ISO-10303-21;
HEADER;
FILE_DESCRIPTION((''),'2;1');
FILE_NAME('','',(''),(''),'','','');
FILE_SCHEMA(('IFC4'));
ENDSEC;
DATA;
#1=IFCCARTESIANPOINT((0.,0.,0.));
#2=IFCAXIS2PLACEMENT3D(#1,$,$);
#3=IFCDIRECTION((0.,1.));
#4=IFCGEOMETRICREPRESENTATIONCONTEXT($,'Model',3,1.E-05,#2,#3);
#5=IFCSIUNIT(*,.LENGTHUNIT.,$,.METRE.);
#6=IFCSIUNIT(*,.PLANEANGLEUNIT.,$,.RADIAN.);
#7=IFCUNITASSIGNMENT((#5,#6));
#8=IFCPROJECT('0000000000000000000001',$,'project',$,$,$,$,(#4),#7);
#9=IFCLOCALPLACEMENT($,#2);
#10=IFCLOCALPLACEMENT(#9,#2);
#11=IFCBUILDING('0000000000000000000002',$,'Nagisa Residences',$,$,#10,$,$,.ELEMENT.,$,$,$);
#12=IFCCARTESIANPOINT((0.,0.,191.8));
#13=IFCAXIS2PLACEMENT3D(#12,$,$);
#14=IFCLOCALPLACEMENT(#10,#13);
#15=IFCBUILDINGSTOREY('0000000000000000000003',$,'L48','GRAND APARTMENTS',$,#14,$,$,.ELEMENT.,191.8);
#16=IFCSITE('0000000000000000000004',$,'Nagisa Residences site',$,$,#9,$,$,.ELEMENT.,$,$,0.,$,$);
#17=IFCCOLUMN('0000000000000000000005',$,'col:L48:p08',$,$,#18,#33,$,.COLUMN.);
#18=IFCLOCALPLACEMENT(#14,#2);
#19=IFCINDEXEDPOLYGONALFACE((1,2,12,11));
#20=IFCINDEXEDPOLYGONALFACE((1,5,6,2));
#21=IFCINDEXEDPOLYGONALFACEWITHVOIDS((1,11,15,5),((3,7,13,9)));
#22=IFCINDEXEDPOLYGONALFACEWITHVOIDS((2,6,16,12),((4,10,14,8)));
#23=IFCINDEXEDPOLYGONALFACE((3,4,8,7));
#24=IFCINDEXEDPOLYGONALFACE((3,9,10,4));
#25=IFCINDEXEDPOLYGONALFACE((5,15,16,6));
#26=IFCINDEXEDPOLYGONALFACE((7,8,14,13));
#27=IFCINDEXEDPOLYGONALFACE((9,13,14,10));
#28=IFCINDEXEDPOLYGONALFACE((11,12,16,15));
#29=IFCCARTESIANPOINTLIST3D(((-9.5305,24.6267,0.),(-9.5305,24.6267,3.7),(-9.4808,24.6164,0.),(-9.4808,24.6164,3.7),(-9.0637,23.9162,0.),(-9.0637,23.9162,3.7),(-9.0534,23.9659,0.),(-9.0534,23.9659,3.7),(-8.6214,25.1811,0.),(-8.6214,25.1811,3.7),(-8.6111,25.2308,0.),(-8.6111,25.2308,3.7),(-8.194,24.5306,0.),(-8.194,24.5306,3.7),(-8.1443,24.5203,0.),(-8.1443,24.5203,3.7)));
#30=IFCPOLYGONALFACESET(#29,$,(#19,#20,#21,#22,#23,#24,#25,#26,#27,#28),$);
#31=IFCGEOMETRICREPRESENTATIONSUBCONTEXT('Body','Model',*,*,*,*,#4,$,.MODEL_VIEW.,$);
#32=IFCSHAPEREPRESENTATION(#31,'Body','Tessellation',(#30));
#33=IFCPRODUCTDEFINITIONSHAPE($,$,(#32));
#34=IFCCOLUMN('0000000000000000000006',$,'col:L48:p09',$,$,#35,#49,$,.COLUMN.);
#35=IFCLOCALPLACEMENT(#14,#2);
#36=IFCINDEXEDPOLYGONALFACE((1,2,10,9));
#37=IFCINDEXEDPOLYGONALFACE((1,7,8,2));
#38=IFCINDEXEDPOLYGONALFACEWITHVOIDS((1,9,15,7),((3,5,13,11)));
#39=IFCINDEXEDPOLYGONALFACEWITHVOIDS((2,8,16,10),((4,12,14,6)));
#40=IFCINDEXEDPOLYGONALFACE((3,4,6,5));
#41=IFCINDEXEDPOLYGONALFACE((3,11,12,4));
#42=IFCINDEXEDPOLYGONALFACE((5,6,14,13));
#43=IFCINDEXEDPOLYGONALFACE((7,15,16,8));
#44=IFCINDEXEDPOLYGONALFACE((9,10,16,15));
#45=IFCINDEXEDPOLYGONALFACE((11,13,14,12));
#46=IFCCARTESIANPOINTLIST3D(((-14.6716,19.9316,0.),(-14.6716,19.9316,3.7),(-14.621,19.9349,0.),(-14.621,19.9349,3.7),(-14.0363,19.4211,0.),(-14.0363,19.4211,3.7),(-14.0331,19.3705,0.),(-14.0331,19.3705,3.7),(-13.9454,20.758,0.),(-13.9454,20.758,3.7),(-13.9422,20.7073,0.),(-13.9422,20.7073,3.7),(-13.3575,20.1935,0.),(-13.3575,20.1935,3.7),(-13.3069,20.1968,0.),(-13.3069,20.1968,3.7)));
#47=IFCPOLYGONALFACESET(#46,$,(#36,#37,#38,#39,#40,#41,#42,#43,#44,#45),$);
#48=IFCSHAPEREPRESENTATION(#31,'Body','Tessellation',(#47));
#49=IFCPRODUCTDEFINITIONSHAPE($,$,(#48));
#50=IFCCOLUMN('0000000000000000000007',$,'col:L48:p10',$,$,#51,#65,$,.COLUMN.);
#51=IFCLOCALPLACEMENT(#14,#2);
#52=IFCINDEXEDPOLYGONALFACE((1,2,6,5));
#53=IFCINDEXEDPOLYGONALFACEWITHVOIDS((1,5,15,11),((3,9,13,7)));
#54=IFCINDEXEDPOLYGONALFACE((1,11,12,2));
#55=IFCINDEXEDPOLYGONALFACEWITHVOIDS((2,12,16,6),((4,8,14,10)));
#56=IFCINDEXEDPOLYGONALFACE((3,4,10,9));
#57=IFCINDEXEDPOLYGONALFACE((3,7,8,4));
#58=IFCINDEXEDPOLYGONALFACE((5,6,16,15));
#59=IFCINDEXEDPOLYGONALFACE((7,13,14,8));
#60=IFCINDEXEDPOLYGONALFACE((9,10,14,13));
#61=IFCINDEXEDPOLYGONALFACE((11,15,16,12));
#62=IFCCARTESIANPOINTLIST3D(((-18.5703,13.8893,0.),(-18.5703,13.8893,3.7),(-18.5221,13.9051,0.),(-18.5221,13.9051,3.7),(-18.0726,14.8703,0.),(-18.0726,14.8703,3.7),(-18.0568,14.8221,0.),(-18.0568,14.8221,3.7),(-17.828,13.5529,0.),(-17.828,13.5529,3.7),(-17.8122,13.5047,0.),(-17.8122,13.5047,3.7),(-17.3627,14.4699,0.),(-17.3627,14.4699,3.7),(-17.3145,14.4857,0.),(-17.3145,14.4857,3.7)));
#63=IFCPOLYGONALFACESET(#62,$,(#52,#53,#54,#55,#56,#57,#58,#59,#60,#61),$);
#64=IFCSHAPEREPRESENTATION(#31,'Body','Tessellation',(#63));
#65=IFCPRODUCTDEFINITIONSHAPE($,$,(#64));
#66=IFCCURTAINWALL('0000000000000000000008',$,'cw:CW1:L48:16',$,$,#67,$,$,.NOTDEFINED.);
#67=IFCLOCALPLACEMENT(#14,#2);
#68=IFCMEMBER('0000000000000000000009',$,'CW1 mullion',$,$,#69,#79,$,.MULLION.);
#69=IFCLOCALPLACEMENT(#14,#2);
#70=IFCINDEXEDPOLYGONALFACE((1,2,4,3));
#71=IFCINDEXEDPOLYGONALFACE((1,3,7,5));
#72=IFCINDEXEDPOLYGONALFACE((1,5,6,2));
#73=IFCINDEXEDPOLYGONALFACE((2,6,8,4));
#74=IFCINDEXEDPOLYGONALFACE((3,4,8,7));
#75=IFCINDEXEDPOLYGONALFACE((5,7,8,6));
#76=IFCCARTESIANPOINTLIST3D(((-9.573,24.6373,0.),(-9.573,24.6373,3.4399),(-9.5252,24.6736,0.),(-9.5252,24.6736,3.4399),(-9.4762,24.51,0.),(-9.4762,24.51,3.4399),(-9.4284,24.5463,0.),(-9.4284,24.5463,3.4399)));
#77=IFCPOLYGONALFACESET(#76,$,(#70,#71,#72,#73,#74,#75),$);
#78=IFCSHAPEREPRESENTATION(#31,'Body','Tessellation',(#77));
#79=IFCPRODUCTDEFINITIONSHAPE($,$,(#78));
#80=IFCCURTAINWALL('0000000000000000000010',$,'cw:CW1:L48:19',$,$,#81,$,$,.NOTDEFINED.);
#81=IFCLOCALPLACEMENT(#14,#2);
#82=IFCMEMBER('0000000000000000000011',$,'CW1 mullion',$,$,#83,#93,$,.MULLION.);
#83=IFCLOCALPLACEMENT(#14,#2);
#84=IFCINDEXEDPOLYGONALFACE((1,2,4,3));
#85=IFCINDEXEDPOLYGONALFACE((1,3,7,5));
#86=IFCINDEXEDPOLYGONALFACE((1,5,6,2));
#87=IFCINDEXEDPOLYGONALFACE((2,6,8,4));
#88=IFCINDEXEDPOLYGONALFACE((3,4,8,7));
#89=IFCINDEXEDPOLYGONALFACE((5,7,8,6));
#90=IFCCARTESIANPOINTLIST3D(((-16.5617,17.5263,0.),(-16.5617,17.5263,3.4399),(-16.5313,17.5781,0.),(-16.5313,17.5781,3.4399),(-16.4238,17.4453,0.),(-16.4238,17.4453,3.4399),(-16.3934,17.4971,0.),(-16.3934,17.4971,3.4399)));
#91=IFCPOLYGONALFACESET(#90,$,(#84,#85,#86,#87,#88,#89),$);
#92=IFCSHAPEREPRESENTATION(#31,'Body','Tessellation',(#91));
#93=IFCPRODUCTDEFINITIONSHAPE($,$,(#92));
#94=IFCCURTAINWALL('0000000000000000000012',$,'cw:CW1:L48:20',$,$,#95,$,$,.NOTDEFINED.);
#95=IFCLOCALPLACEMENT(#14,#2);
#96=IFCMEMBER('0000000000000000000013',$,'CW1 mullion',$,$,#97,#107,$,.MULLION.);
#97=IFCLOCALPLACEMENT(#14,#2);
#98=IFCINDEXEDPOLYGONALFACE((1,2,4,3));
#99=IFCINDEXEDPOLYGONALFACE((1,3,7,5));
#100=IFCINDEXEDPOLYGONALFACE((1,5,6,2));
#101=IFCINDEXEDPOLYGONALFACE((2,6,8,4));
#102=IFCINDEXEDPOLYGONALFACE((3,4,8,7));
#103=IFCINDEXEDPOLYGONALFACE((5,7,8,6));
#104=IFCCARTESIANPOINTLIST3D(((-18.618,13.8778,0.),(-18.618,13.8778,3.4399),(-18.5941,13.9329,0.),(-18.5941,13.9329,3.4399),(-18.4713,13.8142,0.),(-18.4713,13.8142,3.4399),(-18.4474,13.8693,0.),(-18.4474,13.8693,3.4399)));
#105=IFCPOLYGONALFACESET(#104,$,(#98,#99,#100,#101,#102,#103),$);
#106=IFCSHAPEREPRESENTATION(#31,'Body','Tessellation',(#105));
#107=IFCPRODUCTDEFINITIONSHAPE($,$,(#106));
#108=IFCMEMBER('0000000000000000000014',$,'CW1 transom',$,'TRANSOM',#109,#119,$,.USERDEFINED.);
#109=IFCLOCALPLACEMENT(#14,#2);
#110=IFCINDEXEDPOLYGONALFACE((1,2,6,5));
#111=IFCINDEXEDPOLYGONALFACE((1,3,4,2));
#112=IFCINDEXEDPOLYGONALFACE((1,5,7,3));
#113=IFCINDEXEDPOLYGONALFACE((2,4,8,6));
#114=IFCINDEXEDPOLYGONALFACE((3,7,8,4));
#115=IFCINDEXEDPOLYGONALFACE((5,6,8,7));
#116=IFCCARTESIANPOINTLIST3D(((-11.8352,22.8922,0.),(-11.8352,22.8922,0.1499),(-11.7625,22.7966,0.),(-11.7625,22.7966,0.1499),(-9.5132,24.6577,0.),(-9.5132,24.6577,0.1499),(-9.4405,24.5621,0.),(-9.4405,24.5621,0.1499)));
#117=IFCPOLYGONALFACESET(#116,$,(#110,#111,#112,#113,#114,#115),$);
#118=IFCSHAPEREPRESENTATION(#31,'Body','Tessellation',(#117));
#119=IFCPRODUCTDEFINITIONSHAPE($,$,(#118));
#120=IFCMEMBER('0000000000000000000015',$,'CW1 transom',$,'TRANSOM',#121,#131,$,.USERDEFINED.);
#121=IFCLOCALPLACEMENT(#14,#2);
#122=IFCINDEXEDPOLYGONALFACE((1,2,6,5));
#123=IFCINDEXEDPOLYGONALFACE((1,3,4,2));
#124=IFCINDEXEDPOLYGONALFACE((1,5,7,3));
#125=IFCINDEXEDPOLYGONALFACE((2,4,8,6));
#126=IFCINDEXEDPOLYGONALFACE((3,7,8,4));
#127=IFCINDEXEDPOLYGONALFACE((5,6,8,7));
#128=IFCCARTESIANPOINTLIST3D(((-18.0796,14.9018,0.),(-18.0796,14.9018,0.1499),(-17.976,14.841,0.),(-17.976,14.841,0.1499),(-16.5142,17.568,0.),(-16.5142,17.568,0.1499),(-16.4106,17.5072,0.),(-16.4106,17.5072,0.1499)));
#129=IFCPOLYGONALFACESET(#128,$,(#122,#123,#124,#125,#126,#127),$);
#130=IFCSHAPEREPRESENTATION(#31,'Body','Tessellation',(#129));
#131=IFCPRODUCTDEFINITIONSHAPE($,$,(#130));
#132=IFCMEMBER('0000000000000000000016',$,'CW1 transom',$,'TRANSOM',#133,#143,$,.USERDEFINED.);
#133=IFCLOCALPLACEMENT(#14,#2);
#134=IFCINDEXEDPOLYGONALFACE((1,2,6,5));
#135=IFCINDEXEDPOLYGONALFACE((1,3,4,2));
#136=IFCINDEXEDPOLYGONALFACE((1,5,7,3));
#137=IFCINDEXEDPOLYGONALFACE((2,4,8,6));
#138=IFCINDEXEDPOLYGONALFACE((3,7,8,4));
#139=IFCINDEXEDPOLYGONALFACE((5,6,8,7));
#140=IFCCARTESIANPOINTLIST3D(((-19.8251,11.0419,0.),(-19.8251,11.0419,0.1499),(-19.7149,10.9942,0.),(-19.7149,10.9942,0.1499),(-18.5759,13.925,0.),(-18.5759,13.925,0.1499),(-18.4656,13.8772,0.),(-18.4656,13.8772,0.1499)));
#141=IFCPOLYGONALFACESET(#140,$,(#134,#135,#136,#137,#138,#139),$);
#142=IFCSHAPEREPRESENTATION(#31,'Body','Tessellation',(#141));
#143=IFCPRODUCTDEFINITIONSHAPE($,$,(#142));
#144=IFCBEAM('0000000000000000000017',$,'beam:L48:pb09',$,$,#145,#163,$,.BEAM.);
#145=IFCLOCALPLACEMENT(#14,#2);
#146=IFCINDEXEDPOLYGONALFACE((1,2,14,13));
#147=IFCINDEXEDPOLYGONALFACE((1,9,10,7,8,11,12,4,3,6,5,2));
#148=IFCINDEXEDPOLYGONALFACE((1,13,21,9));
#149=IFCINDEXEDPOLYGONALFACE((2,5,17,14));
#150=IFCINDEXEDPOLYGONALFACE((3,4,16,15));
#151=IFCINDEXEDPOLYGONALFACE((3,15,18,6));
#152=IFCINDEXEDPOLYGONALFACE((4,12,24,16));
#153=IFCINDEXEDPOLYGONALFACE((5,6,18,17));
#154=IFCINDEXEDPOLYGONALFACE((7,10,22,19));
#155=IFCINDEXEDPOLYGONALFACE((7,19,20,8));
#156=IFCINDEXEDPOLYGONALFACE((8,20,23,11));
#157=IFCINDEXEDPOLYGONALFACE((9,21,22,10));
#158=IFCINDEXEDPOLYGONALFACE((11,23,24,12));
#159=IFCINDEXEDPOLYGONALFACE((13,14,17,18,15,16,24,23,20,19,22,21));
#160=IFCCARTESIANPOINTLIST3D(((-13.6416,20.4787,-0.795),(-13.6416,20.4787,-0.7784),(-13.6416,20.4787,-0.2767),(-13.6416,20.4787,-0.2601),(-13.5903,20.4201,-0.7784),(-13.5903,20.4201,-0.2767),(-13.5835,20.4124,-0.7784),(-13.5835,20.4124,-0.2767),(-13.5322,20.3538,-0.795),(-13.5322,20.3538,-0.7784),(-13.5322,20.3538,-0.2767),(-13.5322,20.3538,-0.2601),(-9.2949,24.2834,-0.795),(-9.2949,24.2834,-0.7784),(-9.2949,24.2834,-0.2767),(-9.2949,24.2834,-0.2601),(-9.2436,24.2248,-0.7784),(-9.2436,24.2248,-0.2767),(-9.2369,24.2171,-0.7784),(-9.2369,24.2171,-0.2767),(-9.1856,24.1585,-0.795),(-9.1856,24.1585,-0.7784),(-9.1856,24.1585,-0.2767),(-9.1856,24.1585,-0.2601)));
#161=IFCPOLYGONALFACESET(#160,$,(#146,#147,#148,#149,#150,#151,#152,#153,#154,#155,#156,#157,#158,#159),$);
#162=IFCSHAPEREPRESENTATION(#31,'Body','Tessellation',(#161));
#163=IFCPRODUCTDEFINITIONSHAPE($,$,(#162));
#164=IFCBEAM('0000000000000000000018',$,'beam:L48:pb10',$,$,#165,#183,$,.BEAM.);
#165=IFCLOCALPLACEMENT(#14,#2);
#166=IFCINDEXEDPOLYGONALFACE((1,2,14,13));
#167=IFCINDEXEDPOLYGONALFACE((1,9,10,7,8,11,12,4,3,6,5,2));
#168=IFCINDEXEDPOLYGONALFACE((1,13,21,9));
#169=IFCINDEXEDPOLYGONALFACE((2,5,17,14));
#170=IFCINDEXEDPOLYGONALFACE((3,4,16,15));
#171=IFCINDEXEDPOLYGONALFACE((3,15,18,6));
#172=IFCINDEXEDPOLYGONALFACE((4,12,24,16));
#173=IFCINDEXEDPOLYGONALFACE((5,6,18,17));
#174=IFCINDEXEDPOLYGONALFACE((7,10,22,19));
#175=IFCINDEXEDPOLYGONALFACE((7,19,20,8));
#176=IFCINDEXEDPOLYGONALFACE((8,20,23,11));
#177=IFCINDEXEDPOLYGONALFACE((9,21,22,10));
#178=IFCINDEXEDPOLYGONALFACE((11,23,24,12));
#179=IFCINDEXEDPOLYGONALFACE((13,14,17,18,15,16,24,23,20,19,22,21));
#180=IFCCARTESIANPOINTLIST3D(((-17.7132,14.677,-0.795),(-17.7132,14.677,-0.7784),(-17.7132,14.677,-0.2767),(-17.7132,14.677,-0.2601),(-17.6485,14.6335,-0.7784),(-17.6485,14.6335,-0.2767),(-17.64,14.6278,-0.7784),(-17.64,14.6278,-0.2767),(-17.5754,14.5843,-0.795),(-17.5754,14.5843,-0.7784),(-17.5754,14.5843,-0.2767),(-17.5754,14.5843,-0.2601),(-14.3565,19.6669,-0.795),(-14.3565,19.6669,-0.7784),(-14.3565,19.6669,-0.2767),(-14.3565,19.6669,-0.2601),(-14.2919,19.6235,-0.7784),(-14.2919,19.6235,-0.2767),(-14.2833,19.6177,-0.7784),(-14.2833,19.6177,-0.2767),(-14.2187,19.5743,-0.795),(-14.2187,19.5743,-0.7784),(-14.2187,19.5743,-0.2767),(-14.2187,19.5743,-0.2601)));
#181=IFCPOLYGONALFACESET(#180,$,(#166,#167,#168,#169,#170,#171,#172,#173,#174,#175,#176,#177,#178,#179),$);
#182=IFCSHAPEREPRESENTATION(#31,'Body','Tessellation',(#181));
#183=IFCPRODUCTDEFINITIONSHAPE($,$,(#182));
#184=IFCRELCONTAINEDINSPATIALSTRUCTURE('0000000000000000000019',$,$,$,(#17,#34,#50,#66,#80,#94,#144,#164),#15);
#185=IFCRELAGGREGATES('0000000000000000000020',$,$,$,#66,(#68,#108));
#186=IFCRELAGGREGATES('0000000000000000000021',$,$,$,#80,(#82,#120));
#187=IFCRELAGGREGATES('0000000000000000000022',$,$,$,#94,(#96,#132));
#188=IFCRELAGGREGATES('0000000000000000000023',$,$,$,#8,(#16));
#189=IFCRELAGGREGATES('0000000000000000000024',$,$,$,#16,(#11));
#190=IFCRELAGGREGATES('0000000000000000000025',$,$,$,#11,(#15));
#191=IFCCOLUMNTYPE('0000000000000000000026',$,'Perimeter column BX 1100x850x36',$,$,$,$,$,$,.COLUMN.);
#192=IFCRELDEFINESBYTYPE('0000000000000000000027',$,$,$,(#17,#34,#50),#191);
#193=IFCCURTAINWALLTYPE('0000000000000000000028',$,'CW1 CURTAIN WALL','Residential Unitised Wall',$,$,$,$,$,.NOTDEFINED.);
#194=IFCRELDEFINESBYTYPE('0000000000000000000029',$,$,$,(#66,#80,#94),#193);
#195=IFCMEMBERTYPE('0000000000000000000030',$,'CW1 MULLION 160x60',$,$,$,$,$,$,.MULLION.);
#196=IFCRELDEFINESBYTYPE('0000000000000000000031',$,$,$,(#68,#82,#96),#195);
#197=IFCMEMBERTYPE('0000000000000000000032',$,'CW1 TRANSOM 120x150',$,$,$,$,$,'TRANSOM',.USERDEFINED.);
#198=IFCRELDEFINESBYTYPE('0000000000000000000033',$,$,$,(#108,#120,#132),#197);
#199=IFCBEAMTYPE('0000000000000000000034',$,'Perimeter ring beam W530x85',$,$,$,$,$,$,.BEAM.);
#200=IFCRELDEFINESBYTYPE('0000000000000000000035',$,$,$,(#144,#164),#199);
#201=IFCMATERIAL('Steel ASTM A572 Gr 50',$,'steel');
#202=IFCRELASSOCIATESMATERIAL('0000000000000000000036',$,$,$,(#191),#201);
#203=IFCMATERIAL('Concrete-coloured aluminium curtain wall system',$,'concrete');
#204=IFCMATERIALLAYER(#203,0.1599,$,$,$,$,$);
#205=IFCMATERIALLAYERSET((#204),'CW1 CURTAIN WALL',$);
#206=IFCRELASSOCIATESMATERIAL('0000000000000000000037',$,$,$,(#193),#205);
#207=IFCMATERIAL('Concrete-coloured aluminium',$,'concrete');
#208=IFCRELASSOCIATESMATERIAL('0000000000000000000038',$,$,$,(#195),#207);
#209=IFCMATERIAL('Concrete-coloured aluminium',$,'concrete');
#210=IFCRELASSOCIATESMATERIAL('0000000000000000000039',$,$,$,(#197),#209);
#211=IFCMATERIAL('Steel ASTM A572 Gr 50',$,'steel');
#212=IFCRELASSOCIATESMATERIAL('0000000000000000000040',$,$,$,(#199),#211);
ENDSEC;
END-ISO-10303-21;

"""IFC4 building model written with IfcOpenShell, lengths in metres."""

from ifc_helpers import new_model, si_unit, direction, frame, origin, origin_2d, place, context, subcontext, project, spatial, rectangle, hollow_rectangle, i_section, extrude, material, layer, layer_set, material_profile, profile_set, type_object, element, aggregate, save


model = new_model("IFC4")

# Units and contexts
model_context = context("Model", 3, precision=1e-05, world=origin(), true_north=direction((0.0, 1.0)))
body_context = subcontext(model_context, "Body", "Model", "MODEL_VIEW")
ifc_project = project(units=[si_unit("LENGTHUNIT", "METRE"), si_unit("PLANEANGLEUNIT", "RADIAN")], contexts=[model_context])

# Site, building, storey
site_placement = place(None, origin())
site = spatial("IfcSite", under=ifc_project, at=site_placement, Name="Nagisa Residences site", CompositionType="ELEMENT", RefElevation=0.0)
building_placement = place(site_placement, origin())
building = spatial("IfcBuilding", under=site, at=building_placement, Name="Nagisa Residences", CompositionType="ELEMENT")
storey_placement = place(building_placement, frame((0.0, 0.0, 191.8)))
storey = spatial("IfcBuildingStorey", under=building, at=storey_placement, Name="L48", Description="GRAND APARTMENTS", CompositionType="ELEMENT", Elevation=191.8)

# Columns
ifc_material_1 = material(Name="Steel ASTM A572 Gr 50", Category="steel")
ifc_material_profile_1 = material_profile(ifc_material_1, hollow_rectangle(XDim=1.1001, YDim=0.8501, WallThickness=0.0359, at=origin_2d()), Name="BX 1100x850x36")
ifc_profile_set_1 = profile_set([ifc_material_profile_1], Name="Steel ASTM A572 Gr 50")
column_type = type_object("IfcColumnType", Name="Perimeter column BX 1100x850x36", PredefinedType="COLUMN", material=ifc_profile_set_1)
for number, where, z_axis, x_axis, name in (
    (1, (-8.8374, 24.5735, 0.0), (0.0, 0.0, 1.0), (-0.835766, -0.549086, 0.0), "col:L48:p08"),
    (2, (-13.9893, 20.0642, 0.0), (0.0, 0.0, 1.0), (-0.660115, -0.751165, 0.0), "col:L48:p09"),
    (3, (-17.9424, 14.1875, 0.0), (0.0, 0.0, 1.0), (-0.452463, -0.891783, 0.0), "col:L48:p10"),
):
    element("IfcColumn", number, at=place(storey_placement, frame(where, z_axis=z_axis, x_axis=x_axis)), inside=storey, type_object=column_type, Name=name, PredefinedType="COLUMN", context=body_context, shape_type="SweptSolid", body=[
        extrude(hollow_rectangle(XDim=1.1001, YDim=0.8501, WallThickness=0.0359, at=origin_2d()), origin(), (0.0, 0.0, 1.0), 3.7),
    ])

# Curtain walls, members
ifc_material_2 = material(Name="Concrete-coloured aluminium curtain wall system", Category="concrete")
ifc_layer_1 = layer(ifc_material_2, 0.1599)
ifc_layer_set_1 = layer_set([ifc_layer_1], Name="CW1 CURTAIN WALL")
curtain_wall_type = type_object("IfcCurtainWallType", Name="CW1 CURTAIN WALL", Description="Residential Unitised Wall", PredefinedType="NOTDEFINED", material=ifc_layer_set_1)
curtain_wall_1_placement = place(storey_placement, origin())
curtain_wall_1 = element("IfcCurtainWall", 4, at=curtain_wall_1_placement, inside=storey, type_object=curtain_wall_type, Name="cw:CW1:L48:16", PredefinedType="NOTDEFINED")
ifc_material_3 = material(Name="Concrete-coloured aluminium", Category="concrete")
ifc_material_profile_2 = material_profile(ifc_material_3, rectangle(XDim=0.1599, YDim=0.0601, at=origin_2d()), Name="CW1 MULLION 160x60")
ifc_profile_set_2 = profile_set([ifc_material_profile_2], Name="Concrete-coloured aluminium")
member_type_1 = type_object("IfcMemberType", Name="CW1 MULLION 160x60", PredefinedType="MULLION", material=ifc_profile_set_2)
member_1_placement = place(storey_placement, frame((-9.5007, 24.5918, 0.0), z_axis=(0.0, 0.0, 1.0), x_axis=(0.605255, -0.796031, 0.0)))
member_1 = element("IfcMember", 5, at=member_1_placement, type_object=member_type_1, Name="CW1 mullion", PredefinedType="MULLION", context=body_context, shape_type="SweptSolid", body=[
    extrude(rectangle(XDim=0.1599, YDim=0.0601, at=origin_2d()), origin(), (0.0, 0.0, 1.0), 3.4399),
])
curtain_wall_2_placement = place(storey_placement, origin())
curtain_wall_2 = element("IfcCurtainWall", 6, at=curtain_wall_2_placement, inside=storey, type_object=curtain_wall_type, Name="cw:CW1:L48:19", PredefinedType="NOTDEFINED")
member_2_placement = place(storey_placement, frame((-16.4775, 17.5117, 0.0), z_axis=(0.0, 0.0, 1.0), x_axis=(0.862329, -0.506349, 0.0)))
member_2 = element("IfcMember", 7, at=member_2_placement, type_object=member_type_1, Name="CW1 mullion", PredefinedType="MULLION", context=body_context, shape_type="SweptSolid", body=[
    extrude(rectangle(XDim=0.1599, YDim=0.0601, at=origin_2d()), origin(), (0.0, 0.0, 1.0), 3.4399),
])
curtain_wall_3_placement = place(storey_placement, origin())
curtain_wall_3 = element("IfcCurtainWall", 8, at=curtain_wall_3_placement, inside=storey, type_object=curtain_wall_type, Name="cw:CW1:L48:20", PredefinedType="NOTDEFINED")
member_3_placement = place(storey_placement, frame((-18.5327, 13.8735, 0.0), z_axis=(0.0, 0.0, 1.0), x_axis=(0.917543, -0.397636, 0.0)))
member_3 = element("IfcMember", 9, at=member_3_placement, type_object=member_type_1, Name="CW1 mullion", PredefinedType="MULLION", context=body_context, shape_type="SweptSolid", body=[
    extrude(rectangle(XDim=0.1599, YDim=0.0601, at=origin_2d()), origin(), (0.0, 0.0, 1.0), 3.4399),
])

# Members
ifc_material_4 = material(Name="Concrete-coloured aluminium", Category="concrete")
ifc_material_profile_3 = material_profile(ifc_material_4, rectangle(XDim=0.1201, YDim=0.1499, at=origin_2d()), Name="CW1 TRANSOM 120x150")
ifc_profile_set_3 = profile_set([ifc_material_profile_3], Name="Concrete-coloured aluminium")
member_type_2 = type_object("IfcMemberType", Name="CW1 TRANSOM 120x150", ElementType="TRANSOM", PredefinedType="USERDEFINED", material=ifc_profile_set_3)
member_4_placement = place(storey_placement, frame((-9.4768, 24.6099, 0.075), z_axis=(-0.796056, -0.605223, 0.0), x_axis=(0.605223, -0.796056, 0.0)))
member_4 = element("IfcMember", 10, at=member_4_placement, type_object=member_type_2, Name="CW1 transom", ObjectType="TRANSOM", PredefinedType="USERDEFINED", context=body_context, shape_type="SweptSolid", body=[
    extrude(rectangle(XDim=0.1201, YDim=0.1499, at=origin_2d()), origin(), (0.0, 0.0, 1.0), 2.917),
])
member_5_placement = place(storey_placement, frame((-16.4624, 17.5376, 0.075), z_axis=(-0.506309, -0.862352, 0.0), x_axis=(0.862352, -0.506309, 0.0)))
member_5 = element("IfcMember", 11, at=member_5_placement, type_object=member_type_2, Name="CW1 transom", ObjectType="TRANSOM", PredefinedType="USERDEFINED", context=body_context, shape_type="SweptSolid", body=[
    extrude(rectangle(XDim=0.1201, YDim=0.1499, at=origin_2d()), origin(), (0.0, 0.0, 1.0), 3.0918),
])
member_6_placement = place(storey_placement, frame((-18.5208, 13.9011, 0.075), z_axis=(-0.397592, -0.917562, 0.0), x_axis=(0.917562, -0.397592, 0.0)))
member_6 = element("IfcMember", 12, at=member_6_placement, type_object=member_type_2, Name="CW1 transom", ObjectType="TRANSOM", PredefinedType="USERDEFINED", context=body_context, shape_type="SweptSolid", body=[
    extrude(rectangle(XDim=0.1201, YDim=0.1499, at=origin_2d()), origin(), (0.0, 0.0, 1.0), 3.1421),
])

# Beams
ifc_material_5 = material(Name="Steel ASTM A572 Gr 50", Category="steel")
ifc_material_profile_4 = material_profile(ifc_material_5, i_section(OverallWidth=0.166, OverallDepth=0.5349, WebThickness=0.0103, FlangeThickness=0.0166, at=origin_2d()), Name="W530x85")
ifc_profile_set_4 = profile_set([ifc_material_profile_4], Name="Steel ASTM A572 Gr 50")
beam_type_1 = type_object("IfcBeamType", Name="Perimeter ring beam W530x85", PredefinedType="BEAM", material=ifc_profile_set_4)
beam_1_placement = place(storey_placement, frame((-9.2402, 24.2209, -0.5276), z_axis=(-0.752461, -0.658636, 0.0), x_axis=(0.658636, -0.752461, 0.0)))
element("IfcBeam", 13, at=beam_1_placement, inside=storey, type_object=beam_type_1, Name="beam:L48:pb09", PredefinedType="BEAM", context=body_context, shape_type="SweptSolid", body=[
    extrude(i_section(OverallWidth=0.166, OverallDepth=0.5349, WebThickness=0.0103, FlangeThickness=0.0166, at=origin_2d()), origin(), (0.0, 0.0, 1.0), 5.7766),
])
beam_2_placement = place(storey_placement, frame((-14.2876, 19.6206, -0.5276), z_axis=(-0.558152, -0.829739, 0.0), x_axis=(0.829739, -0.558152, 0.0)))
element("IfcBeam", 14, at=beam_2_placement, inside=storey, type_object=beam_type_1, Name="beam:L48:pb10", PredefinedType="BEAM", context=body_context, shape_type="SweptSolid", body=[
    extrude(i_section(OverallWidth=0.166, OverallDepth=0.5349, WebThickness=0.0103, FlangeThickness=0.0166, at=origin_2d()), origin(), (0.0, 0.0, 1.0), 6.0139),
])

aggregate(curtain_wall_1, [member_1, member_4])
aggregate(curtain_wall_2, [member_2, member_5])
aggregate(curtain_wall_3, [member_3, member_6])

save(model, "model.ifc")
